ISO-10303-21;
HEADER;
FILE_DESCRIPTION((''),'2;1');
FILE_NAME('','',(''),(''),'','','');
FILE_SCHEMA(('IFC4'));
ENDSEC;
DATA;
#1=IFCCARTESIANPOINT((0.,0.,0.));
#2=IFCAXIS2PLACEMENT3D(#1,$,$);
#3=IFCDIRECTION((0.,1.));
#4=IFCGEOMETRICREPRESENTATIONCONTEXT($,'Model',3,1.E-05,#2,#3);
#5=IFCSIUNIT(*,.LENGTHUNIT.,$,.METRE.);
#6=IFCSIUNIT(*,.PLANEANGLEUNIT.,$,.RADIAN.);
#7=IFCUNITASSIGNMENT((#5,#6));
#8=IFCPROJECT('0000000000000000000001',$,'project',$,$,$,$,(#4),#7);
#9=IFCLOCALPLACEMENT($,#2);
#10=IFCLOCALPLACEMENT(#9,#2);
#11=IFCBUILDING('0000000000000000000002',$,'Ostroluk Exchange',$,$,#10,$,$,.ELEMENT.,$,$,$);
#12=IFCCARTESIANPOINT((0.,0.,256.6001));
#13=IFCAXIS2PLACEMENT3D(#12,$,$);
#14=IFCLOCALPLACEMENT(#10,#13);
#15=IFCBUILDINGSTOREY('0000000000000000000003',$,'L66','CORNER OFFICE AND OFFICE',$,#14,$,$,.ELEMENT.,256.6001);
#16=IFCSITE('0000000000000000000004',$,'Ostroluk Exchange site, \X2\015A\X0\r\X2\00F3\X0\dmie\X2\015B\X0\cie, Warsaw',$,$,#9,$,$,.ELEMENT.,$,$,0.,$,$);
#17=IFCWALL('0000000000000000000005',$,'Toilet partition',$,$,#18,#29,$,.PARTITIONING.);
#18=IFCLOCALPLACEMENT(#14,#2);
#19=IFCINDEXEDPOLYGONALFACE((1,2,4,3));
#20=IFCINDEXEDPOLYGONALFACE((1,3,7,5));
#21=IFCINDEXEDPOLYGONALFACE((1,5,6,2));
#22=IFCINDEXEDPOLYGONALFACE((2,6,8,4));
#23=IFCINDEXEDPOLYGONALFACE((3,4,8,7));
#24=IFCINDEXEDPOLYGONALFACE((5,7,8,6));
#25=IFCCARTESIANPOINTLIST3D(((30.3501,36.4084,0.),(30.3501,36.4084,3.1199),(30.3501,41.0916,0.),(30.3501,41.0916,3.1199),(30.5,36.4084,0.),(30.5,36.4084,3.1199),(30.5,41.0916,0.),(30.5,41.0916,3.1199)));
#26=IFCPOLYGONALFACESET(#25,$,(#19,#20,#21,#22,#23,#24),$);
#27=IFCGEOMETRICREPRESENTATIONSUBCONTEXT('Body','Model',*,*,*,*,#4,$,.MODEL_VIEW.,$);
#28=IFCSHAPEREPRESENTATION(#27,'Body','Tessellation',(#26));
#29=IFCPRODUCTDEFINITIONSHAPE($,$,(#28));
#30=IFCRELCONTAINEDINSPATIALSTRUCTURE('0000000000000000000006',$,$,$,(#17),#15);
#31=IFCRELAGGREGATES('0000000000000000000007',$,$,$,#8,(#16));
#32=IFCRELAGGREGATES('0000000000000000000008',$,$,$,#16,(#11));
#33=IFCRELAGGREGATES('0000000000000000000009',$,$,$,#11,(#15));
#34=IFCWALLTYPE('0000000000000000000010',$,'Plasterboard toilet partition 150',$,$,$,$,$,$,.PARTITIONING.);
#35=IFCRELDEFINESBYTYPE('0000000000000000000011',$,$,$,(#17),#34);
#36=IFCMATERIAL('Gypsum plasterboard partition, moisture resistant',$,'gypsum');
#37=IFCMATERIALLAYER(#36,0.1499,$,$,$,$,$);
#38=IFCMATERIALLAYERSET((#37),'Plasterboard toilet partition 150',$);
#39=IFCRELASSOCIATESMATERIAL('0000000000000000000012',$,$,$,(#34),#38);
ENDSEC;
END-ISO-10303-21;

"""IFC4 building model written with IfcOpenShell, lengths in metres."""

from ifc_helpers import new_model, si_unit, direction, frame, frame_2d, origin, place, context, subcontext, project, spatial, rectangle, extrude, material, layer, layer_set, type_object, element, save


model = new_model("IFC4")

# Units and contexts
model_context = context("Model", 3, precision=1e-05, world=origin(), true_north=direction((0.0, 1.0)))
body_context = subcontext(model_context, "Body", "Model", "MODEL_VIEW")
ifc_project = project(units=[si_unit("LENGTHUNIT", "METRE"), si_unit("PLANEANGLEUNIT", "RADIAN")], contexts=[model_context])

# Site, building, storey
site_placement = place(None, origin())
site = spatial("IfcSite", under=ifc_project, at=site_placement, Name="Ostroluk Exchange site, Śródmieście, Warsaw", CompositionType="ELEMENT", RefElevation=0.0)
building_placement = place(site_placement, origin())
building = spatial("IfcBuilding", under=site, at=building_placement, Name="Ostroluk Exchange", CompositionType="ELEMENT")
storey_placement = place(building_placement, frame((0.0, 0.0, 256.6001)))
storey = spatial("IfcBuildingStorey", under=building, at=storey_placement, Name="L66", Description="CORNER OFFICE AND OFFICE", CompositionType="ELEMENT", Elevation=256.6001)

# Wall
ifc_material_1 = material(Name="Gypsum plasterboard partition, moisture resistant", Category="gypsum")
ifc_layer_1 = layer(ifc_material_1, 0.1499)
ifc_layer_set_1 = layer_set([ifc_layer_1], Name="Plasterboard toilet partition 150")
wall_type_1 = type_object("IfcWallType", Name="Plasterboard toilet partition 150", PredefinedType="PARTITIONING", material=ifc_layer_set_1)
wall_1_placement = place(storey_placement, frame((30.425, 41.0916, 0.0), z_axis=(0.0, 0.0, 1.0), x_axis=(0.0, -1.0, 0.0)))
element("IfcWall", 1, at=wall_1_placement, inside=storey, type_object=wall_type_1, Name="Toilet partition", PredefinedType="PARTITIONING", context=body_context, shape_type="SweptSolid", body=[
    extrude(rectangle(XDim=4.6831, YDim=0.1499, at=frame_2d((2.3416, 0.0))), origin(), (0.0, 0.0, 1.0), 3.1199),
])

save(model, "model.ifc")
